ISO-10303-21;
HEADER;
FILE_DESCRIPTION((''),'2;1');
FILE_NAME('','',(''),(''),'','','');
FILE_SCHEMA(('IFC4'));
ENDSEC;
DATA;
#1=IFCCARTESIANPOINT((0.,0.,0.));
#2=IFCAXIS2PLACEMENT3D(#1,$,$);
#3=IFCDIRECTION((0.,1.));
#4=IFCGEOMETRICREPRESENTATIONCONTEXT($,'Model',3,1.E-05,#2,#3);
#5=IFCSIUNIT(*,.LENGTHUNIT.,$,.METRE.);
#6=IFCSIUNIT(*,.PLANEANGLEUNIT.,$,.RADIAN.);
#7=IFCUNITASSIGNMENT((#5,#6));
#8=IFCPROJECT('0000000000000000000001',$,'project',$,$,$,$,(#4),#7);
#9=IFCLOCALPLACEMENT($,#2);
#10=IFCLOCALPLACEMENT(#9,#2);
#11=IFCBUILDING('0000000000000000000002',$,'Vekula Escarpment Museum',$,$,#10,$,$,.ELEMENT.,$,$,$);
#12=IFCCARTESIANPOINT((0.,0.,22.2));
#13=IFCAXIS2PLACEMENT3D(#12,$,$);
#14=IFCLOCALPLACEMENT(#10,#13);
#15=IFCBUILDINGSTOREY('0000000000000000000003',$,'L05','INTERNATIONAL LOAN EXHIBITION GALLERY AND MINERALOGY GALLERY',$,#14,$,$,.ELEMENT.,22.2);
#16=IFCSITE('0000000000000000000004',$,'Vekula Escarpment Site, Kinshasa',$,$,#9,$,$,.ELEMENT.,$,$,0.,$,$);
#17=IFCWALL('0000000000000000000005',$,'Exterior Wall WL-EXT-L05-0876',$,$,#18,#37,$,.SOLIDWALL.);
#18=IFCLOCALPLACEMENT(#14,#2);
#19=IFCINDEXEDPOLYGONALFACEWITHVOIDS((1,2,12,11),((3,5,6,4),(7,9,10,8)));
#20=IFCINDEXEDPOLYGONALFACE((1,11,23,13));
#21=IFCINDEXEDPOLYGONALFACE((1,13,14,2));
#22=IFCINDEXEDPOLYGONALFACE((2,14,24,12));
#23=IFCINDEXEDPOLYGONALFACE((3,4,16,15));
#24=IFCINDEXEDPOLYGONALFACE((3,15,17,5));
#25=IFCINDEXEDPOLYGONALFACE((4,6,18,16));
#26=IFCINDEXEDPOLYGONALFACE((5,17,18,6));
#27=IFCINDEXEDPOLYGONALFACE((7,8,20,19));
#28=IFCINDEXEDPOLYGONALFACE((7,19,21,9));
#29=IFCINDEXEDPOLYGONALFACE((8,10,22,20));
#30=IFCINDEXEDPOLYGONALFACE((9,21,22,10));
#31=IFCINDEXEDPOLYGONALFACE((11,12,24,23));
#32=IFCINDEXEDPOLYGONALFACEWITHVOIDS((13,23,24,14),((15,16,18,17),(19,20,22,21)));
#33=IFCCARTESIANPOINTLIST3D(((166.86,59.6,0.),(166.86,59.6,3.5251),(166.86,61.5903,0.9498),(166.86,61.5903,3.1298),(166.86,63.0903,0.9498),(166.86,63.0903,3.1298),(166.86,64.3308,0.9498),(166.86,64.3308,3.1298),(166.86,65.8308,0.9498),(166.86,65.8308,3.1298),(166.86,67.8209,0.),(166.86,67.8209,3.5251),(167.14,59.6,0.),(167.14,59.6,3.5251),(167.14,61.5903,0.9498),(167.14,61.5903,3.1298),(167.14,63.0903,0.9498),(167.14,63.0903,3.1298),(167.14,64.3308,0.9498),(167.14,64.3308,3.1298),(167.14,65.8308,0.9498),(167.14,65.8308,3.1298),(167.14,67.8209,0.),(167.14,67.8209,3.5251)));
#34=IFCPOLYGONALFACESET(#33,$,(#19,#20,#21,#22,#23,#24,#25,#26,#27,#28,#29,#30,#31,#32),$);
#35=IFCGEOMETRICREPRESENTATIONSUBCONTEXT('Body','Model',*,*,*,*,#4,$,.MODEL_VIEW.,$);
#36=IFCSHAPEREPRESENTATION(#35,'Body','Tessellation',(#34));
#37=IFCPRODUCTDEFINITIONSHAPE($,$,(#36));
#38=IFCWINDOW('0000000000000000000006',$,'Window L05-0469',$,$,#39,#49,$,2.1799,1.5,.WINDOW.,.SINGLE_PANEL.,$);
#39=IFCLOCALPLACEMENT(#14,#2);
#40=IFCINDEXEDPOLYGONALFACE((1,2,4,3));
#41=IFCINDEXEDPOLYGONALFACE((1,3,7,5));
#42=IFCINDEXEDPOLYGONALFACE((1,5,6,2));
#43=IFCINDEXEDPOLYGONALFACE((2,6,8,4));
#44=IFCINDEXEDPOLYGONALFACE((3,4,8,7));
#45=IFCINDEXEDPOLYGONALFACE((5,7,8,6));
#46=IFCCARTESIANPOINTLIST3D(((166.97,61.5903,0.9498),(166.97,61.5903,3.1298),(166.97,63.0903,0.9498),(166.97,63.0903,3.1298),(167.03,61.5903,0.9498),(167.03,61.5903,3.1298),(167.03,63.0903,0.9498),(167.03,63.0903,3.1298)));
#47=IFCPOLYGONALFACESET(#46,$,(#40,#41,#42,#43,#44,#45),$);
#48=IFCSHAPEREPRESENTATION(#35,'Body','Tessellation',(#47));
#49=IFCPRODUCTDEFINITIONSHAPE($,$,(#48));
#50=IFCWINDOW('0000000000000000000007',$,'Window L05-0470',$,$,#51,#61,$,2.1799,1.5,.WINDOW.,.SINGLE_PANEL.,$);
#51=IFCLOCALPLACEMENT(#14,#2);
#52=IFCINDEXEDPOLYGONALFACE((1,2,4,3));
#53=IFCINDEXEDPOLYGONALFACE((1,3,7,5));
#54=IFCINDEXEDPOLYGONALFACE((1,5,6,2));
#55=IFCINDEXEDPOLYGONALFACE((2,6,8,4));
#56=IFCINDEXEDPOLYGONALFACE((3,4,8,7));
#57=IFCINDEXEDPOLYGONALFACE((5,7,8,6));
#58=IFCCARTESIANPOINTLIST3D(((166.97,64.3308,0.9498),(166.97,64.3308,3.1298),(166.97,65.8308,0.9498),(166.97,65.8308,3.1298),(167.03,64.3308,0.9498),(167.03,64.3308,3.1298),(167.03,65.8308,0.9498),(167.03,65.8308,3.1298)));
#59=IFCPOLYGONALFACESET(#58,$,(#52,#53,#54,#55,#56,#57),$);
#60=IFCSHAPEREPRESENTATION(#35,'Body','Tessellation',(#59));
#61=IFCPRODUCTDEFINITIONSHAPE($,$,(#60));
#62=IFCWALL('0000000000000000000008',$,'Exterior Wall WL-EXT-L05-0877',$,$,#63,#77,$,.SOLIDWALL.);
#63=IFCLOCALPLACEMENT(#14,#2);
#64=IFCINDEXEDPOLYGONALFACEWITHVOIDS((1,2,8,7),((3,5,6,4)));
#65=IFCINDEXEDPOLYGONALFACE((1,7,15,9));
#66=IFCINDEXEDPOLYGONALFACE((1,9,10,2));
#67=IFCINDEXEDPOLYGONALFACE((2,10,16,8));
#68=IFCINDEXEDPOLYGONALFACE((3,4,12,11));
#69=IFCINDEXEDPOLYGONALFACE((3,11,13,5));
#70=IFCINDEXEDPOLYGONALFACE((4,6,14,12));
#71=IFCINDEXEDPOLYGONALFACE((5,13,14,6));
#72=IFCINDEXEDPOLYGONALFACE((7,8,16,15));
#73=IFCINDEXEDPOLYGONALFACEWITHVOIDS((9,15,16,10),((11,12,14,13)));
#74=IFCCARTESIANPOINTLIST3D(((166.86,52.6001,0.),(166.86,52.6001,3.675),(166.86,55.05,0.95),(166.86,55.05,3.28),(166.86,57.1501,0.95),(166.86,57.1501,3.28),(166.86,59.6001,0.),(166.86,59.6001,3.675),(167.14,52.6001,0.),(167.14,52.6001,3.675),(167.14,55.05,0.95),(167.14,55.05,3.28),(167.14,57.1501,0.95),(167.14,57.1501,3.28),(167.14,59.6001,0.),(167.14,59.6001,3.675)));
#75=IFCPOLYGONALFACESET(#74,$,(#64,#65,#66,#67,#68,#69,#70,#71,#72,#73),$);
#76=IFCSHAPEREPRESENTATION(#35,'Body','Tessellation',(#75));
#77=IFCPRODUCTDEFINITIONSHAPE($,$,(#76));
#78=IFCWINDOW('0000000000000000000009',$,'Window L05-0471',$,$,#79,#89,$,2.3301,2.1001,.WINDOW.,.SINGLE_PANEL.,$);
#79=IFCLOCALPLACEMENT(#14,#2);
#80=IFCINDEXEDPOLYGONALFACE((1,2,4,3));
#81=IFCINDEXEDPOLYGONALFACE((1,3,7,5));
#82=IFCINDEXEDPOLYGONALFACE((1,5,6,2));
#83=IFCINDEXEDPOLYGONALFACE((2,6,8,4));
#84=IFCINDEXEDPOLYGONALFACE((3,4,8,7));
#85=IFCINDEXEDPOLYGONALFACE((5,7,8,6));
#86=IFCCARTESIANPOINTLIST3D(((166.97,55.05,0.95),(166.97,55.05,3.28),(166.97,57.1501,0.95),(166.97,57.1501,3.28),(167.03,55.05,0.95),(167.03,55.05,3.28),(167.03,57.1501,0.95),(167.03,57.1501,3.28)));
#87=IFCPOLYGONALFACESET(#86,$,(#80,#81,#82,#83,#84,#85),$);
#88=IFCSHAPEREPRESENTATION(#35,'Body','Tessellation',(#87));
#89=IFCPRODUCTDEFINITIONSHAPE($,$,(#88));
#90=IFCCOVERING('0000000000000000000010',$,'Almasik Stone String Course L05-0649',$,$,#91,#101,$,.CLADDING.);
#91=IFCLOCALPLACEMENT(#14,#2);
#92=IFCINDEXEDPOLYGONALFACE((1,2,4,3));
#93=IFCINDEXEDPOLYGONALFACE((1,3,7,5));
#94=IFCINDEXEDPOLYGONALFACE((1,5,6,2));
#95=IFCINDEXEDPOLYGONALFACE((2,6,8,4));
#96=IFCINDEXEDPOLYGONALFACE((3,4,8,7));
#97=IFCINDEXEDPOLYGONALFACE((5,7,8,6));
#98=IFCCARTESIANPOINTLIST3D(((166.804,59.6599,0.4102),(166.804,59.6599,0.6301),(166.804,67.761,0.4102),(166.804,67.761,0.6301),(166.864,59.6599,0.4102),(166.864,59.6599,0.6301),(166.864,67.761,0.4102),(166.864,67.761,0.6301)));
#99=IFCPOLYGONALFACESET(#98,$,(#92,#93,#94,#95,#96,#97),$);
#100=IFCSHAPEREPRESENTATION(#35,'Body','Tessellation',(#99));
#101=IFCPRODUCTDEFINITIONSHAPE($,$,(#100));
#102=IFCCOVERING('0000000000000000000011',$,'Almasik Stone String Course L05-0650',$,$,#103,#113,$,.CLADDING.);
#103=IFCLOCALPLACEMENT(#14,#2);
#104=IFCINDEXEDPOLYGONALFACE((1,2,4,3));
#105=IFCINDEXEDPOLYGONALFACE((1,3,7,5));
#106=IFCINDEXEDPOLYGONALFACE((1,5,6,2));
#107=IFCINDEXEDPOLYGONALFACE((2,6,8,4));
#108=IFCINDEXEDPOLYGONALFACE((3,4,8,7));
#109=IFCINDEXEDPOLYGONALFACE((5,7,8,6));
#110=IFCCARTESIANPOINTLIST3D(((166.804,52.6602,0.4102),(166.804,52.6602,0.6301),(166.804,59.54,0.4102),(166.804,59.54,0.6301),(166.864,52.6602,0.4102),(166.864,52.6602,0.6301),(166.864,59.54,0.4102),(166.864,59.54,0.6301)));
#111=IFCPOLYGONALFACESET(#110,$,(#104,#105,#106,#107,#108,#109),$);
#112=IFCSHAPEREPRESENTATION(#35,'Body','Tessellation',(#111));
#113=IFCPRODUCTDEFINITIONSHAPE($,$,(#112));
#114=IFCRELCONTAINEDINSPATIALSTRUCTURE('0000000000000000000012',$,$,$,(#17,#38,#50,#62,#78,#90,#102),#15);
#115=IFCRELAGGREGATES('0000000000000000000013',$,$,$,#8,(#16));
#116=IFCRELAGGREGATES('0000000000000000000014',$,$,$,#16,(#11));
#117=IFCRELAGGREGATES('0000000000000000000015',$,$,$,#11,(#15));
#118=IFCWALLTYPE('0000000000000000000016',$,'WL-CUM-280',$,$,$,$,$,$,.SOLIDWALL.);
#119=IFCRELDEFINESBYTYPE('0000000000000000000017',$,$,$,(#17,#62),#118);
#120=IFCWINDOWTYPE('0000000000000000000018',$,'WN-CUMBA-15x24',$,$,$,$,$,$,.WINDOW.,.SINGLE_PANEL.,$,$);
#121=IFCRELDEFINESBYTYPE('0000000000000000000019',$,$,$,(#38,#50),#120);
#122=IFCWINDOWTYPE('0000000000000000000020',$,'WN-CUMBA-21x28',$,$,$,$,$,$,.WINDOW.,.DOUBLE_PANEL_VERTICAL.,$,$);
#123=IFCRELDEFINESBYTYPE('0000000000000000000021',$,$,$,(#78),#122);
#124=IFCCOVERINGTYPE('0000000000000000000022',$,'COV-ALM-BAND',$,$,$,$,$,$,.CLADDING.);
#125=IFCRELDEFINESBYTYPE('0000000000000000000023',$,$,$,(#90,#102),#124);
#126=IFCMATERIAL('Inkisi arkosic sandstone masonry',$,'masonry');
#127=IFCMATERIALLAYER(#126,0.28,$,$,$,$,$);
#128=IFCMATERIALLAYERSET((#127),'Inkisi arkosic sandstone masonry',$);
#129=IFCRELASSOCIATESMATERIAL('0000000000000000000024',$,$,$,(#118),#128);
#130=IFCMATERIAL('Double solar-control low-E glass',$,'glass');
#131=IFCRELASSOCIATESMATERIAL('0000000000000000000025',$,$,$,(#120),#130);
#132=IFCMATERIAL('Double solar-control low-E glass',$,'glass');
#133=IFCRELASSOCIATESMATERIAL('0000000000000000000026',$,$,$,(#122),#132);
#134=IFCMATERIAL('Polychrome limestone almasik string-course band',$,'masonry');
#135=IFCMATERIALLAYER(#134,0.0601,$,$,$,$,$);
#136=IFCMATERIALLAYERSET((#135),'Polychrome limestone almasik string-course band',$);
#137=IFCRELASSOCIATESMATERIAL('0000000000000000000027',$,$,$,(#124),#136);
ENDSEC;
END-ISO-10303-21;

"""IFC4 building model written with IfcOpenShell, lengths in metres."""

from ifc_helpers import new_model, si_unit, direction, frame, frame_2d, origin, origin_2d, place, context, subcontext, project, spatial, rectangle, extrude, material, layer, layer_set, type_object, element, fill, save


model = new_model("IFC4")

# Units and contexts
model_context = context("Model", 3, precision=1e-05, world=origin(), true_north=direction((0.0, 1.0)))
body_context = subcontext(model_context, "Body", "Model", "MODEL_VIEW")
ifc_project = project(units=[si_unit("LENGTHUNIT", "METRE"), si_unit("PLANEANGLEUNIT", "RADIAN")], contexts=[model_context])

# Site, building, storey
site_placement = place(None, origin())
site = spatial("IfcSite", under=ifc_project, at=site_placement, Name="Vekula Escarpment Site, Kinshasa", CompositionType="ELEMENT", RefElevation=0.0)
building_placement = place(site_placement, origin())
building = spatial("IfcBuilding", under=site, at=building_placement, Name="Vekula Escarpment Museum", CompositionType="ELEMENT")
storey_placement = place(building_placement, frame((0.0, 0.0, 22.2)))
storey = spatial("IfcBuildingStorey", under=building, at=storey_placement, Name="L05", Description="INTERNATIONAL LOAN EXHIBITION GALLERY AND MINERALOGY GALLERY", CompositionType="ELEMENT", Elevation=22.2)

# Wall, openings, windows
ifc_material_1 = material(Name="Inkisi arkosic sandstone masonry", Category="masonry")
ifc_layer_1 = layer(ifc_material_1, 0.28)
ifc_layer_set_1 = layer_set([ifc_layer_1], Name="Inkisi arkosic sandstone masonry")
wall_type_1 = type_object("IfcWallType", Name="WL-CUM-280", PredefinedType="SOLIDWALL", material=ifc_layer_set_1)
wall_1_placement = place(storey_placement, frame((167.0, 59.6001, 0.0), z_axis=(0.0, 0.0, 1.0), x_axis=(0.0, 1.0, 0.0)))
wall_1 = element("IfcWall", 1, at=wall_1_placement, inside=storey, type_object=wall_type_1, Name="Exterior Wall WL-EXT-L05-0876", PredefinedType="SOLIDWALL", context=body_context, shape_type="SweptSolid", body=[
    extrude(rectangle(XDim=8.2209, YDim=0.28, at=frame_2d((4.1104, 0.0))), origin(), (0.0, 0.0, 1.0), 3.5251),
])
opening_1_placement = place(wall_1_placement, frame((1.9902, 0.0, 0.95)))
opening_1 = element("IfcOpeningElement", 2, at=opening_1_placement, cuts=wall_1, PredefinedType="OPENING", context=body_context, shape_type="SweptSolid", body=[
    extrude(rectangle(XDim=1.5, YDim=2.1799, at=frame_2d((0.75, 1.0898))), frame((0.0, 0.1499, 0.0), z_axis=(0.0, -1.0, 0.0), x_axis=(1.0, 0.0, 0.0)), (0.0, 0.0, 1.0), 0.3),
])
opening_2_placement = place(wall_1_placement, frame((4.7307, 0.0, 0.95)))
opening_2 = element("IfcOpeningElement", 3, at=opening_2_placement, cuts=wall_1, PredefinedType="OPENING", context=body_context, shape_type="SweptSolid", body=[
    extrude(rectangle(XDim=1.5, YDim=2.1799, at=frame_2d((0.75, 1.0898))), frame((0.0, 0.1499, 0.0), z_axis=(0.0, -1.0, 0.0), x_axis=(1.0, 0.0, 0.0)), (0.0, 0.0, 1.0), 0.3),
])
ifc_material_2 = material(Name="Double solar-control low-E glass", Category="glass")
window_type_1 = type_object("IfcWindowType", Name="WN-CUMBA-15x24", PartitioningType="SINGLE_PANEL", PredefinedType="WINDOW", material=ifc_material_2)
window_1_placement = place(opening_1_placement, origin())
window_1 = element("IfcWindow", 4, at=window_1_placement, inside=storey, type_object=window_type_1, Name="Window L05-0469", OverallHeight=2.1799, OverallWidth=1.5, PartitioningType="SINGLE_PANEL", PredefinedType="WINDOW", context=body_context, shape_type="SweptSolid", body=[
    extrude(rectangle(XDim=1.5, YDim=2.1799, at=frame_2d((0.75, 1.0898))), frame((0.0, 0.03, 0.0), z_axis=(0.0, -1.0, 0.0), x_axis=(1.0, 0.0, 0.0)), (0.0, 0.0, 1.0), 0.0601),
])
fill(opening_1, window_1)
window_2_placement = place(opening_2_placement, origin())
window_2 = element("IfcWindow", 5, at=window_2_placement, inside=storey, type_object=window_type_1, Name="Window L05-0470", OverallHeight=2.1799, OverallWidth=1.5, PartitioningType="SINGLE_PANEL", PredefinedType="WINDOW", context=body_context, shape_type="SweptSolid", body=[
    extrude(rectangle(XDim=1.5, YDim=2.1799, at=frame_2d((0.75, 1.0898))), frame((0.0, 0.03, 0.0), z_axis=(0.0, -1.0, 0.0), x_axis=(1.0, 0.0, 0.0)), (0.0, 0.0, 1.0), 0.0601),
])
fill(opening_2, window_2)

# Wall, opening, window
wall_2_placement = place(storey_placement, frame((167.0, 52.6001, 0.0), z_axis=(0.0, 0.0, 1.0), x_axis=(0.0, 1.0, 0.0)))
wall_2 = element("IfcWall", 6, at=wall_2_placement, inside=storey, type_object=wall_type_1, Name="Exterior Wall WL-EXT-L05-0877", PredefinedType="SOLIDWALL", context=body_context, shape_type="SweptSolid", body=[
    extrude(rectangle(XDim=7.0, YDim=0.28, at=frame_2d((3.5, 0.0))), origin(), (0.0, 0.0, 1.0), 3.675),
])
opening_3_placement = place(wall_2_placement, frame((2.45, 0.0, 0.95)))
opening_3 = element("IfcOpeningElement", 7, at=opening_3_placement, cuts=wall_2, PredefinedType="OPENING", context=body_context, shape_type="SweptSolid", body=[
    extrude(rectangle(XDim=2.1001, YDim=2.3301, at=frame_2d((1.05, 1.165))), frame((0.0, 0.1499, 0.0), z_axis=(0.0, -1.0, 0.0), x_axis=(1.0, 0.0, 0.0)), (0.0, 0.0, 1.0), 0.3),
])
ifc_material_3 = material(Name="Double solar-control low-E glass", Category="glass")
window_type_2 = type_object("IfcWindowType", Name="WN-CUMBA-21x28", PartitioningType="DOUBLE_PANEL_VERTICAL", PredefinedType="WINDOW", material=ifc_material_3)
window_3_placement = place(opening_3_placement, origin())
window_3 = element("IfcWindow", 8, at=window_3_placement, inside=storey, type_object=window_type_2, Name="Window L05-0471", OverallHeight=2.3301, OverallWidth=2.1001, PartitioningType="SINGLE_PANEL", PredefinedType="WINDOW", context=body_context, shape_type="SweptSolid", body=[
    extrude(rectangle(XDim=2.1001, YDim=2.3301, at=frame_2d((1.05, 1.165))), frame((0.0, 0.03, 0.0), z_axis=(0.0, -1.0, 0.0), x_axis=(1.0, 0.0, 0.0)), (0.0, 0.0, 1.0), 0.0601),
])
fill(opening_3, window_3)

# Coverings
ifc_material_4 = material(Name="Polychrome limestone almasik string-course band", Category="masonry")
ifc_layer_2 = layer(ifc_material_4, 0.0601)
ifc_layer_set_2 = layer_set([ifc_layer_2], Name="Polychrome limestone almasik string-course band")
covering_type = type_object("IfcCoveringType", Name="COV-ALM-BAND", PredefinedType="CLADDING", material=ifc_layer_set_2)
covering_1_placement = place(storey_placement, frame((166.834, 63.7104, 0.4102), z_axis=(0.0, 0.0, 1.0), x_axis=(0.0, 1.0, 0.0)))
element("IfcCovering", 9, at=covering_1_placement, inside=storey, type_object=covering_type, Name="Almasik Stone String Course L05-0649", PredefinedType="CLADDING", context=body_context, shape_type="SweptSolid", body=[
    extrude(rectangle(XDim=8.1011, YDim=0.0601, at=origin_2d()), origin(), (0.0, 0.0, 1.0), 0.22),
])
covering_2_placement = place(storey_placement, frame((166.834, 56.1001, 0.4102), z_axis=(0.0, 0.0, 1.0), x_axis=(0.0, 1.0, 0.0)))
element("IfcCovering", 10, at=covering_2_placement, inside=storey, type_object=covering_type, Name="Almasik Stone String Course L05-0650", PredefinedType="CLADDING", context=body_context, shape_type="SweptSolid", body=[
    extrude(rectangle(XDim=6.8799, YDim=0.0601, at=origin_2d()), origin(), (0.0, 0.0, 1.0), 0.22),
])

save(model, "model.ifc")
